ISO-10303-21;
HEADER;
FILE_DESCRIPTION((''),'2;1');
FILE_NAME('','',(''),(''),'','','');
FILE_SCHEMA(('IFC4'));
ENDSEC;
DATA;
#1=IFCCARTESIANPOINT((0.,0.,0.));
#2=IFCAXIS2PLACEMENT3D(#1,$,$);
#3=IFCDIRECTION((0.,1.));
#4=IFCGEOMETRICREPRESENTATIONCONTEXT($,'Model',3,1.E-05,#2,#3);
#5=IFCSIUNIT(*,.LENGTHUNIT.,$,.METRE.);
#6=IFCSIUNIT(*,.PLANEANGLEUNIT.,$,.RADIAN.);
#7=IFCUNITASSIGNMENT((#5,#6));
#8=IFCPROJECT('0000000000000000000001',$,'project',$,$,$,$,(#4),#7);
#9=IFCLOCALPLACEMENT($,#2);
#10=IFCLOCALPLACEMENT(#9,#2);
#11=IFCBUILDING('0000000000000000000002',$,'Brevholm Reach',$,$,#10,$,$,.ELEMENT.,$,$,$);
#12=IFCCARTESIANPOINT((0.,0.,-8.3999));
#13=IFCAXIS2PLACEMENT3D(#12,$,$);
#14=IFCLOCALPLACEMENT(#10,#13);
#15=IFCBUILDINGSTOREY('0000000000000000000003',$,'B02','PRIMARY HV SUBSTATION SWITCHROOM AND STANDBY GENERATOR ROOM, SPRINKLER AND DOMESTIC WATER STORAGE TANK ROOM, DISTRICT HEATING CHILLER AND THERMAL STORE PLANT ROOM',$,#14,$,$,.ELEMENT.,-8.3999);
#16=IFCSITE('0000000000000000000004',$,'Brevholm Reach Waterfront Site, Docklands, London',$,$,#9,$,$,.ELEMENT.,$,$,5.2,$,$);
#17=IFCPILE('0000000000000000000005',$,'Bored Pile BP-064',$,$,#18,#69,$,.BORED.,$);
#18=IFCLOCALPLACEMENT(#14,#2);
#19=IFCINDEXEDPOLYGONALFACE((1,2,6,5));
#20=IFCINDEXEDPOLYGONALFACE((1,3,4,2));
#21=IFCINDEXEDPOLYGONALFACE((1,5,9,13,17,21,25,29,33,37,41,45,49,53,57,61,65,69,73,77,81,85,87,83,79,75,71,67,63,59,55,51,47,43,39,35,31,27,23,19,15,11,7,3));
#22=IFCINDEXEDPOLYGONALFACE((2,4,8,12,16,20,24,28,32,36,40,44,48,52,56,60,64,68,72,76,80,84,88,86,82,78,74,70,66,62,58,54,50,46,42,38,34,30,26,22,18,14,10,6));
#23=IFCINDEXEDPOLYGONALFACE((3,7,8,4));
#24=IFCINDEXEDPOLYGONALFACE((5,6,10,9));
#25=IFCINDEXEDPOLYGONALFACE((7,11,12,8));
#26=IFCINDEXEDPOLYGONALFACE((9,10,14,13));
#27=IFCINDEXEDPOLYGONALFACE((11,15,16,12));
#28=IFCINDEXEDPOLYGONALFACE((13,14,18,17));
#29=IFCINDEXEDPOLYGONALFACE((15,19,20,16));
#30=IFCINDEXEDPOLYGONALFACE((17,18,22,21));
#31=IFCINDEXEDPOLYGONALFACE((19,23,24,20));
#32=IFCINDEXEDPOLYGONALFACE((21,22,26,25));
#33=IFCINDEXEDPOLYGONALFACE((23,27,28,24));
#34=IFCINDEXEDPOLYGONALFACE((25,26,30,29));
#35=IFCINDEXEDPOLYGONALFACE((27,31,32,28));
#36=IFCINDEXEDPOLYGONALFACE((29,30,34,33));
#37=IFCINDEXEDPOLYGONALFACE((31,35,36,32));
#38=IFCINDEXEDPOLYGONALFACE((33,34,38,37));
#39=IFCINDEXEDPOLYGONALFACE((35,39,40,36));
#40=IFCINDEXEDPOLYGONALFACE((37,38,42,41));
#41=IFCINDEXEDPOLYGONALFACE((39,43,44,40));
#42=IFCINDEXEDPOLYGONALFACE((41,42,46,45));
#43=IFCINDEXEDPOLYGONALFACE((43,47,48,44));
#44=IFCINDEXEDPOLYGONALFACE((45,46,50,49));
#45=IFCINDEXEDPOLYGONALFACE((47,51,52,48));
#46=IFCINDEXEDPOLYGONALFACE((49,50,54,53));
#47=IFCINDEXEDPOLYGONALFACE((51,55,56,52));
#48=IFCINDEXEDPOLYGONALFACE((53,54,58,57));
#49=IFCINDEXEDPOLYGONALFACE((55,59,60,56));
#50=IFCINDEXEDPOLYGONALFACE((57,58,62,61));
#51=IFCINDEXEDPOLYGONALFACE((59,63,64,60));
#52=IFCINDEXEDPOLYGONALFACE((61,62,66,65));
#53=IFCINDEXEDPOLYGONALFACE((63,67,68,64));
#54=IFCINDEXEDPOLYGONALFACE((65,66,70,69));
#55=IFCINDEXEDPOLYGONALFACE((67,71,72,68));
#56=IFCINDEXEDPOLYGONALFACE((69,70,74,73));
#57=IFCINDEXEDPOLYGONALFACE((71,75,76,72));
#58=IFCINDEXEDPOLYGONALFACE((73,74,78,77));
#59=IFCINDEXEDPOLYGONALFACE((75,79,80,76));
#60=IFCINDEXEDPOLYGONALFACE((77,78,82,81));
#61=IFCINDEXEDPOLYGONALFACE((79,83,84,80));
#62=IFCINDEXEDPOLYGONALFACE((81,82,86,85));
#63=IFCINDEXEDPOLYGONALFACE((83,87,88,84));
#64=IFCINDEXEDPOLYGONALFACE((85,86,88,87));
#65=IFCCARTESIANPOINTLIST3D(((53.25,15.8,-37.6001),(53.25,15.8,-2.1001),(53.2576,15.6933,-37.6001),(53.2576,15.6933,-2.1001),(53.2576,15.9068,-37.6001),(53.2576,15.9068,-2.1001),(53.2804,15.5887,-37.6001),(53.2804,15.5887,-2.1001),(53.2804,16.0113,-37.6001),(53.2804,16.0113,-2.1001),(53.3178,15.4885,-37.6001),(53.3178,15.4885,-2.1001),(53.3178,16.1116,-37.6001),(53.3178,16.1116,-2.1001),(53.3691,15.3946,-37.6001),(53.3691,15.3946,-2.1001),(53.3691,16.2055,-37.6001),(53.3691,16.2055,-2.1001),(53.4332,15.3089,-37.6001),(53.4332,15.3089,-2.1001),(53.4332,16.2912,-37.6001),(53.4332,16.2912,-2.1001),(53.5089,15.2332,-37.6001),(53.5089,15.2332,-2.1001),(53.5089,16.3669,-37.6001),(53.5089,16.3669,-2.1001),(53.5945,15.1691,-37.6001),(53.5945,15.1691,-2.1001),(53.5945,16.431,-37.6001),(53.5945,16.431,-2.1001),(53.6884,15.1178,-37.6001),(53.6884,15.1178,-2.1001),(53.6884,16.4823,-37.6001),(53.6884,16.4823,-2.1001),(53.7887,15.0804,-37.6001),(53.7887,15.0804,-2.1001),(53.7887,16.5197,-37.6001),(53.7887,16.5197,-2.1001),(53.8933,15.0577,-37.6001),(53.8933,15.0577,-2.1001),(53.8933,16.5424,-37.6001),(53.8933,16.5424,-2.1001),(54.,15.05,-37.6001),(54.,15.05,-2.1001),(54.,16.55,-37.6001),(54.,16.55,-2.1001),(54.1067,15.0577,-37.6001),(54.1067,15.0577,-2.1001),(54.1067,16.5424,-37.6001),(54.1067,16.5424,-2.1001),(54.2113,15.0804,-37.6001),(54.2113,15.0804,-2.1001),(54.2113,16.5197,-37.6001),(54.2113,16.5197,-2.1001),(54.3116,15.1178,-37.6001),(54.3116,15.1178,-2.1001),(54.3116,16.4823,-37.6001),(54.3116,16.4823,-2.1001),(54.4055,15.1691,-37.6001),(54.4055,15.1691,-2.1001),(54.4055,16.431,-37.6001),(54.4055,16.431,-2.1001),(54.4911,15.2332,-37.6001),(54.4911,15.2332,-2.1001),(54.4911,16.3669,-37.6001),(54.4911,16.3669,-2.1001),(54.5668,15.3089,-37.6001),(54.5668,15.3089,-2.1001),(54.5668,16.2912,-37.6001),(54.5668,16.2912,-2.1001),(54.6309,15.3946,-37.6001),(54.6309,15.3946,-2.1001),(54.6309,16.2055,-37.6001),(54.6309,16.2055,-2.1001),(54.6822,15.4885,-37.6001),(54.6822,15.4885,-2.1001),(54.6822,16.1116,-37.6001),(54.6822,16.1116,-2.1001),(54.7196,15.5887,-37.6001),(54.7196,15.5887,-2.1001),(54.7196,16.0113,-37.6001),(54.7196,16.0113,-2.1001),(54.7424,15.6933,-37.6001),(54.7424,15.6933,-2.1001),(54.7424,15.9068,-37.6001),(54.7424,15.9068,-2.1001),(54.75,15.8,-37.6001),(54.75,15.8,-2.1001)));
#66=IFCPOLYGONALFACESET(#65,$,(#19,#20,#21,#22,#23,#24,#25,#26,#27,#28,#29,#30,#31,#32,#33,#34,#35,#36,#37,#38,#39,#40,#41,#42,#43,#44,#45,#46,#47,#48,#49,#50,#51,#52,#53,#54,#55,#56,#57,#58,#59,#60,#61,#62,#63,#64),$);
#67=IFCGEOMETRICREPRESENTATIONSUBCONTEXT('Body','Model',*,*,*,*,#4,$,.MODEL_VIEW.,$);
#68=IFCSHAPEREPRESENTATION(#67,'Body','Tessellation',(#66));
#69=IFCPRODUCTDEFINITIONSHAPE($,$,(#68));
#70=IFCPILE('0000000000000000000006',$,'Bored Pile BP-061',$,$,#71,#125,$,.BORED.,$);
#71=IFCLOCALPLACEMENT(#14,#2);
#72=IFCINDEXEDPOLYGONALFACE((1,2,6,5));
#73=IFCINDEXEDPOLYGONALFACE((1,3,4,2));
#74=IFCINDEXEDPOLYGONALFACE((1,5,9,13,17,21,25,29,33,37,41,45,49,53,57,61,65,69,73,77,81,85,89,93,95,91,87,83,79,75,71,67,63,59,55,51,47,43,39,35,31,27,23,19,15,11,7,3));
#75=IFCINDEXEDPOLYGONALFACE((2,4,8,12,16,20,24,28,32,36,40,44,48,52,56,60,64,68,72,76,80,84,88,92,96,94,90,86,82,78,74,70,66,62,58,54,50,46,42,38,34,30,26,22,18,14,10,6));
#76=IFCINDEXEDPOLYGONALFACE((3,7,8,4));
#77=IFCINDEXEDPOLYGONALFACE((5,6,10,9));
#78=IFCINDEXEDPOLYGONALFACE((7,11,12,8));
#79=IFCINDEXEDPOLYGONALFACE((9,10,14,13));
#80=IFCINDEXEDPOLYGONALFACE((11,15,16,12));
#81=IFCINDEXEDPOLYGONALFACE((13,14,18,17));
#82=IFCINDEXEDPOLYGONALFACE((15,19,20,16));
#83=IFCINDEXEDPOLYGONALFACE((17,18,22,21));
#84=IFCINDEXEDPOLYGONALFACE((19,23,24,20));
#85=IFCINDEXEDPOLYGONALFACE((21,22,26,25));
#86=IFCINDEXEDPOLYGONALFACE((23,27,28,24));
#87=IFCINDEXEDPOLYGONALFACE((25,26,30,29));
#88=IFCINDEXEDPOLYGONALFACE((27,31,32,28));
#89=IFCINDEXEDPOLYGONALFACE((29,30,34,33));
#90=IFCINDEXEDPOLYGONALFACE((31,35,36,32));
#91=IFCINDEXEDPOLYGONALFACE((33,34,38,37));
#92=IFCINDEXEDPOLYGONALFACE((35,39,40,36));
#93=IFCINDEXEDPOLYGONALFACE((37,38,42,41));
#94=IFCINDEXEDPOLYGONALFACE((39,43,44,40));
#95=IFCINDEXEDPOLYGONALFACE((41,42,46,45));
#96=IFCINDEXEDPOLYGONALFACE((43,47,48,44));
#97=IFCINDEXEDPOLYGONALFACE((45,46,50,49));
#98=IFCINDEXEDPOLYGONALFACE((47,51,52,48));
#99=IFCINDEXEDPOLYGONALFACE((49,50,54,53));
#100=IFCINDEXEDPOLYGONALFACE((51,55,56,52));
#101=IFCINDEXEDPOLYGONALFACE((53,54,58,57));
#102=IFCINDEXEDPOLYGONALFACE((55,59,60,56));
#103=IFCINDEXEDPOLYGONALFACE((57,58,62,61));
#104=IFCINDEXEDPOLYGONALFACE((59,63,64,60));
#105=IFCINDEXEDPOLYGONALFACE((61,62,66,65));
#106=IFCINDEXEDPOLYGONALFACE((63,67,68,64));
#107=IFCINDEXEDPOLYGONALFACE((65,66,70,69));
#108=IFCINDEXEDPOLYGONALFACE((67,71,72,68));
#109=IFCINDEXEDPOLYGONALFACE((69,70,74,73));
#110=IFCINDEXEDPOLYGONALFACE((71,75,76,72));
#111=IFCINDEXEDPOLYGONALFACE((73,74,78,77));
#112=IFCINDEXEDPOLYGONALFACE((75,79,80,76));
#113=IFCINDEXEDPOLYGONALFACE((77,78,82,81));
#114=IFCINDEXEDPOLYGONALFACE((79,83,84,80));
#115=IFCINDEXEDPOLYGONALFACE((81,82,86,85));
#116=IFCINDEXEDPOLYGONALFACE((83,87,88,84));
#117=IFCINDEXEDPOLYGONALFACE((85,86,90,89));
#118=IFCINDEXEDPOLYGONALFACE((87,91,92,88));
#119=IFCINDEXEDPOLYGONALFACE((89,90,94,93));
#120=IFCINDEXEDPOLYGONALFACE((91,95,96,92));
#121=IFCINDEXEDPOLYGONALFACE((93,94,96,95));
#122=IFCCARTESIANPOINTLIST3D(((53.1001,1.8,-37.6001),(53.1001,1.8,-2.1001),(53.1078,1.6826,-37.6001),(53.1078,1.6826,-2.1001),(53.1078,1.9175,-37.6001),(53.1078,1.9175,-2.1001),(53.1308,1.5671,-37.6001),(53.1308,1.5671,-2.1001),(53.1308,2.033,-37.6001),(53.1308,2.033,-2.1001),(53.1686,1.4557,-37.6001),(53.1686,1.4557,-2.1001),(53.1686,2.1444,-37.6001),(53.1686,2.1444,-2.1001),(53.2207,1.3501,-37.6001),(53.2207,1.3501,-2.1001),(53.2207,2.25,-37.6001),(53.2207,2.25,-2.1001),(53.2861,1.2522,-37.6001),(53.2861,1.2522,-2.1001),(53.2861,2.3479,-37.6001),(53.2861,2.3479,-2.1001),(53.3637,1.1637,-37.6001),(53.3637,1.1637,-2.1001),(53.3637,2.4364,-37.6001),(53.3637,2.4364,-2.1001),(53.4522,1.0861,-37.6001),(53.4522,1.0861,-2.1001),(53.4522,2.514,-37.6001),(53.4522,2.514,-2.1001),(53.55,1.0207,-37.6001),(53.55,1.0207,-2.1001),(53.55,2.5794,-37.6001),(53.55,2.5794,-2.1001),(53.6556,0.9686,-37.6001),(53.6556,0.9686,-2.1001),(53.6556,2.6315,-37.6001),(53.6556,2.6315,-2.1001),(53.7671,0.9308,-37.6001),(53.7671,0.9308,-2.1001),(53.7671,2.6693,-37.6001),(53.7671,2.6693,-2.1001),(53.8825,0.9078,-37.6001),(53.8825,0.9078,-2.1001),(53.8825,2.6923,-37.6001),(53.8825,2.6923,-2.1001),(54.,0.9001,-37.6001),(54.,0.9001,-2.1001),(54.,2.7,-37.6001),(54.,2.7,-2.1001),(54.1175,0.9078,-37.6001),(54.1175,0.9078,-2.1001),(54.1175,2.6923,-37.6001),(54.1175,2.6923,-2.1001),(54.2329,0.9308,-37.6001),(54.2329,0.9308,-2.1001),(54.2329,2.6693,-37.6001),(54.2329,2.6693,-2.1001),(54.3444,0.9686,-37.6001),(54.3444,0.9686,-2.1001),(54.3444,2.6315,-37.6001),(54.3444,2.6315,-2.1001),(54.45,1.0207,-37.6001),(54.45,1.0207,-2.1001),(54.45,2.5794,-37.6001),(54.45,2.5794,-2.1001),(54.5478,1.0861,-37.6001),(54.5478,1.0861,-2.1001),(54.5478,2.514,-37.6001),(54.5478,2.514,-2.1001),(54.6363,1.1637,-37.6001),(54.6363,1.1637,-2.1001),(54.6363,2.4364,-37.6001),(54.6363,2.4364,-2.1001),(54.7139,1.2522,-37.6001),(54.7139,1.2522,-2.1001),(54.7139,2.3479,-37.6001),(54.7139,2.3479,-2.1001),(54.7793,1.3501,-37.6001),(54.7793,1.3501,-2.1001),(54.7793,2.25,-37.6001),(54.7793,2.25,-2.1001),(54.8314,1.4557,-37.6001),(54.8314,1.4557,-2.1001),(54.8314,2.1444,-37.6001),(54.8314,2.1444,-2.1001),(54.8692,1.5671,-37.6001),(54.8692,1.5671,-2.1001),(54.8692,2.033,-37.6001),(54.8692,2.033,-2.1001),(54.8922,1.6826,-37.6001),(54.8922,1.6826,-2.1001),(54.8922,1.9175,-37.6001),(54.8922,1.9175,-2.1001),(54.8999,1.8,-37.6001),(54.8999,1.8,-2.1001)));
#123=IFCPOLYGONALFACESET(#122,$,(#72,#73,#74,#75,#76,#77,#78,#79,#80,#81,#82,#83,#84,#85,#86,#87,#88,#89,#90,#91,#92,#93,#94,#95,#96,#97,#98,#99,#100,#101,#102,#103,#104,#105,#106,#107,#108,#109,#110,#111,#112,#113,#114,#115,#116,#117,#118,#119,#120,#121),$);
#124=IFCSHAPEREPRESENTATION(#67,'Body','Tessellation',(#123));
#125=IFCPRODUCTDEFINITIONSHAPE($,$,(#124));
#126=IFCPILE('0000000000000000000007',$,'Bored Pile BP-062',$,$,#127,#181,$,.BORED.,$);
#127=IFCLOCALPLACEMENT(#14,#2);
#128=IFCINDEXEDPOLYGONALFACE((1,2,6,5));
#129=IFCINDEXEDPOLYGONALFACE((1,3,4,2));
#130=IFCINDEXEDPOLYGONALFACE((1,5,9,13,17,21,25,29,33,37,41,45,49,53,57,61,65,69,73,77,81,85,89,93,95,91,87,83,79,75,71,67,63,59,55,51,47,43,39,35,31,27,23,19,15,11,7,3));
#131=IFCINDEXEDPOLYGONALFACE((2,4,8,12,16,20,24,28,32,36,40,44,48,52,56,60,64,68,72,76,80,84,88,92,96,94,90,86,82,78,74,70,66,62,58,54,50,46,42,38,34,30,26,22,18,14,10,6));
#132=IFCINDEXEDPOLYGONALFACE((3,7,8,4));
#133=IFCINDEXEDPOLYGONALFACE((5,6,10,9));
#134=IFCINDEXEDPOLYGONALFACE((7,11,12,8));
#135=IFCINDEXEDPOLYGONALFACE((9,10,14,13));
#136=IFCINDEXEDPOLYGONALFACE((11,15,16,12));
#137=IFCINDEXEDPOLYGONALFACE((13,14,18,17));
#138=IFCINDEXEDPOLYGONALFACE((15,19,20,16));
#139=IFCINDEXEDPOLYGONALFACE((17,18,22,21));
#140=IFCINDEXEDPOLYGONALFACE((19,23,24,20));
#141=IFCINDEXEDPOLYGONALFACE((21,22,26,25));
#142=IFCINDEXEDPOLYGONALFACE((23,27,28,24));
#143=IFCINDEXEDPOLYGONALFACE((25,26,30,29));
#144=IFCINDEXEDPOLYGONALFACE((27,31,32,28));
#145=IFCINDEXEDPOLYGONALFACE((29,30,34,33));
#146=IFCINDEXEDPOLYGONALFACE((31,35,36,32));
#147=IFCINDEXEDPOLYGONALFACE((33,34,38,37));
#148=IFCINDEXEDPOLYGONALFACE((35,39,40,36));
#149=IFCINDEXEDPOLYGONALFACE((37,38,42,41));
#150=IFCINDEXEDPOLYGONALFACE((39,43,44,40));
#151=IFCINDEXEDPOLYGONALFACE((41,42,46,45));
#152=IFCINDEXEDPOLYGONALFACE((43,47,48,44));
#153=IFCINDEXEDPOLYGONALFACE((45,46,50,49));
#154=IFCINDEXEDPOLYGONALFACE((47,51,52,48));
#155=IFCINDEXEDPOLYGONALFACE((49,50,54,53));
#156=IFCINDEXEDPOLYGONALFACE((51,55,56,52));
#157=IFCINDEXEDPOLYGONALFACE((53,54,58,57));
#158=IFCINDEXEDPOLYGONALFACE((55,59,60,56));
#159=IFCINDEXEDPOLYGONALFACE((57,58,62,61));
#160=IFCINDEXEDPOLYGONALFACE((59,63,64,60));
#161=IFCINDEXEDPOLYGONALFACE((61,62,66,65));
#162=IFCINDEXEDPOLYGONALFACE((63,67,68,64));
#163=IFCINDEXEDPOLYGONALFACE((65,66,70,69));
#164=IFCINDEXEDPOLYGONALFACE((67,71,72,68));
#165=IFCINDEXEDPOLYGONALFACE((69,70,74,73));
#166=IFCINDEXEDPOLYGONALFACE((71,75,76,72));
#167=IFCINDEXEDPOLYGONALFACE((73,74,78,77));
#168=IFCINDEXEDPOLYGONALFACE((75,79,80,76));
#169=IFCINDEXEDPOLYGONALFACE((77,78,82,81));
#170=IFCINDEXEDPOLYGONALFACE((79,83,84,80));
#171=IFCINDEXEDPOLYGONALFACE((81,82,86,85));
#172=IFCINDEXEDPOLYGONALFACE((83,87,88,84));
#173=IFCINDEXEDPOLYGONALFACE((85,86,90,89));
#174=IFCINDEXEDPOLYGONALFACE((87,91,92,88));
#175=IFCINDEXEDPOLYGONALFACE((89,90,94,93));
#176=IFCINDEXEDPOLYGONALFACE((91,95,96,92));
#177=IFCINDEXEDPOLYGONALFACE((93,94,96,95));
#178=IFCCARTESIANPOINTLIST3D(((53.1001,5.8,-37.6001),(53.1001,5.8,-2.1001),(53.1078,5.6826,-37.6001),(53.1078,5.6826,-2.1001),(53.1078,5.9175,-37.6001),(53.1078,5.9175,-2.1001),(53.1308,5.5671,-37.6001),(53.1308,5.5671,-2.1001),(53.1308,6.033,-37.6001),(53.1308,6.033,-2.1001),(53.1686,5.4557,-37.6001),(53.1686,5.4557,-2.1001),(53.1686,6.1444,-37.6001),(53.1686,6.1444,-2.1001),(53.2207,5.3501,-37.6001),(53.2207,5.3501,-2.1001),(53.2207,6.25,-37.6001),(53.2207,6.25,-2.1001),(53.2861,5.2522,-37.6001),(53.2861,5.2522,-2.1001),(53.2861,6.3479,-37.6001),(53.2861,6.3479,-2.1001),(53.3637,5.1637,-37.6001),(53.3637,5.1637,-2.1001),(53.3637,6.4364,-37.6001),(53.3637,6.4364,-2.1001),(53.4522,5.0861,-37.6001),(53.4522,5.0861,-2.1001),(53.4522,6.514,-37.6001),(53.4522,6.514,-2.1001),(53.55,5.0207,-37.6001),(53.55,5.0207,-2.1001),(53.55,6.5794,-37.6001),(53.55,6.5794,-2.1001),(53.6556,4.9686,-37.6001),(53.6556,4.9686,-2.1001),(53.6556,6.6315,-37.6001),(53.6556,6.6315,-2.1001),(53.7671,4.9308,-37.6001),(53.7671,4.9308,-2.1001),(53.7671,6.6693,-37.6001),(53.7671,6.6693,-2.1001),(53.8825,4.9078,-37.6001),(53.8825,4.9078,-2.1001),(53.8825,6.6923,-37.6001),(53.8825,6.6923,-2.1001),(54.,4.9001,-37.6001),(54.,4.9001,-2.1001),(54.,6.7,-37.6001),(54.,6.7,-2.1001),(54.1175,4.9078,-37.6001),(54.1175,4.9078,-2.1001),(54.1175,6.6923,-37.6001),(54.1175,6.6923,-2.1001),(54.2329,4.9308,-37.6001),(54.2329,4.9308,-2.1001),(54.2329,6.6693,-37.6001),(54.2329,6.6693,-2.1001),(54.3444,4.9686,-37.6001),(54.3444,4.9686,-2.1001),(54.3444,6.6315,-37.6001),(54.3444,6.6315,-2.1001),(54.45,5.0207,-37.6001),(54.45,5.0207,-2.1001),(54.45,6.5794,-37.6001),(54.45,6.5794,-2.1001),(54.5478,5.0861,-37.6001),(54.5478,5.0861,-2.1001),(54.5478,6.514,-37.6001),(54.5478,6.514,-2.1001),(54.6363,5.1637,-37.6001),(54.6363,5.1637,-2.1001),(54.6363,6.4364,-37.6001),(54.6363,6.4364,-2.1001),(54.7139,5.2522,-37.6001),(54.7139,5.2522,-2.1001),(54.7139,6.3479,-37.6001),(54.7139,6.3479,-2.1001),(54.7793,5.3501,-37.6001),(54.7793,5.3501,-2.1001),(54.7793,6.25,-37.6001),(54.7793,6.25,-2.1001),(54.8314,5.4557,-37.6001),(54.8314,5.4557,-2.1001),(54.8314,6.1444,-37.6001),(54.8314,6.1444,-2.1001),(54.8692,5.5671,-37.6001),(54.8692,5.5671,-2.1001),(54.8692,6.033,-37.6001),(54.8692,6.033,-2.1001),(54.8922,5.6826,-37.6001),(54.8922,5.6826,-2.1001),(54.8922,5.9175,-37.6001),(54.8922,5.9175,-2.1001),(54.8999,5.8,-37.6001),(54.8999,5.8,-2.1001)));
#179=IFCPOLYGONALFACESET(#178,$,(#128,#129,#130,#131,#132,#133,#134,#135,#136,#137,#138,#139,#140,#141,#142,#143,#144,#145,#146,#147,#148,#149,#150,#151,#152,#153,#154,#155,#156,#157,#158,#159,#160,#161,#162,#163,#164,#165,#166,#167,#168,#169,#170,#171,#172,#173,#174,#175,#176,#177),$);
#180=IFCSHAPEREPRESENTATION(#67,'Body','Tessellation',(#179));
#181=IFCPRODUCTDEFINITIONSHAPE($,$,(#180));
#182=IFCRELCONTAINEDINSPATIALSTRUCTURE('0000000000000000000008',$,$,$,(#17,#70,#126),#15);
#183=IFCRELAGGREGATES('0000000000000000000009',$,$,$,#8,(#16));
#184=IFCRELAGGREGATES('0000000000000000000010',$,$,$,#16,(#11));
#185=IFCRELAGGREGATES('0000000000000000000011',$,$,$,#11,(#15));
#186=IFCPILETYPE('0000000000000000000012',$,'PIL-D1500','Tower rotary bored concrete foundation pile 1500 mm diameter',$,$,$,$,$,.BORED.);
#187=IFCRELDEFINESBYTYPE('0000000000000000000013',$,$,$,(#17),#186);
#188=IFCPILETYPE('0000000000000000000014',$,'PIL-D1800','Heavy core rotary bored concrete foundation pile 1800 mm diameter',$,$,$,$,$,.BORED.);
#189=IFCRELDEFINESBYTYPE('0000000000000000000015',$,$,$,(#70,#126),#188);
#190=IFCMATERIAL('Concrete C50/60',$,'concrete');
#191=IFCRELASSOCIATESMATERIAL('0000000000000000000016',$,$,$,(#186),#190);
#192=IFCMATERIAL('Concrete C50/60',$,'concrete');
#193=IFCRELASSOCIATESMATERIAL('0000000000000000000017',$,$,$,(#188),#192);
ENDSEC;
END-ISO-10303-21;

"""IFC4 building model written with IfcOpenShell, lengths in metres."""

from ifc_helpers import new_model, si_unit, direction, frame, origin, origin_2d, place, context, subcontext, project, spatial, circle, extrude, material, material_profile, profile_set, type_object, element, save


model = new_model("IFC4")

# Units and contexts
model_context = context("Model", 3, precision=1e-05, world=origin(), true_north=direction((0.0, 1.0)))
body_context = subcontext(model_context, "Body", "Model", "MODEL_VIEW")
ifc_project = project(units=[si_unit("LENGTHUNIT", "METRE"), si_unit("PLANEANGLEUNIT", "RADIAN")], contexts=[model_context])

# Site, building, storey
site_placement = place(None, origin())
site = spatial("IfcSite", under=ifc_project, at=site_placement, Name="Brevholm Reach Waterfront Site, Docklands, London", CompositionType="ELEMENT", RefElevation=5.2)
building_placement = place(site_placement, origin())
building = spatial("IfcBuilding", under=site, at=building_placement, Name="Brevholm Reach", CompositionType="ELEMENT")
storey_placement = place(building_placement, frame((0.0, 0.0, -8.3999)))
storey = spatial("IfcBuildingStorey", under=building, at=storey_placement, Name="B02", Description="PRIMARY HV SUBSTATION SWITCHROOM AND STANDBY GENERATOR ROOM, SPRINKLER AND DOMESTIC WATER STORAGE TANK ROOM, DISTRICT HEATING CHILLER AND THERMAL STORE PLANT ROOM", CompositionType="ELEMENT", Elevation=-8.3999)

# Piles
ifc_material_1 = material(Name="Concrete C50/60", Category="concrete")
ifc_material_profile_1 = material_profile(ifc_material_1, circle(Radius=0.75, at=origin_2d()), Name="PILE D1500")
ifc_profile_set_1 = profile_set([ifc_material_profile_1], Name="Concrete C50/60")
pile_type_1 = type_object("IfcPileType", Name="PIL-D1500", Description="Tower rotary bored concrete foundation pile 1500 mm diameter", PredefinedType="BORED", material=ifc_profile_set_1)
pile_placement = place(storey_placement, frame((54.0, 15.8, -2.1001), z_axis=(0.0, 0.0, -1.0), x_axis=(1.0, 0.0, 0.0)))
element("IfcPile", 1, at=pile_placement, inside=storey, type_object=pile_type_1, Name="Bored Pile BP-064", PredefinedType="BORED", context=body_context, shape_type="SweptSolid", body=[
    extrude(circle(Radius=0.75, at=origin_2d()), origin(), (0.0, 0.0, 1.0), 35.5),
])
ifc_material_2 = material(Name="Concrete C50/60", Category="concrete")
ifc_material_profile_2 = material_profile(ifc_material_2, circle(Radius=0.8999, at=origin_2d()), Name="PILE D1800")
ifc_profile_set_2 = profile_set([ifc_material_profile_2], Name="Concrete C50/60")
pile_type_2 = type_object("IfcPileType", Name="PIL-D1800", Description="Heavy core rotary bored concrete foundation pile 1800 mm diameter", PredefinedType="BORED", material=ifc_profile_set_2)
for number, where, z_axis, x_axis, name in (
    (2, (54.0, 1.8, -2.1001), (0.0, 0.0, -1.0), (1.0, 0.0, 0.0), "Bored Pile BP-061"),
    (3, (54.0, 5.8, -2.1001), (0.0, 0.0, -1.0), (1.0, 0.0, 0.0), "Bored Pile BP-062"),
):
    element("IfcPile", number, at=place(storey_placement, frame(where, z_axis=z_axis, x_axis=x_axis)), inside=storey, type_object=pile_type_2, Name=name, PredefinedType="BORED", context=body_context, shape_type="SweptSolid", body=[
        extrude(circle(Radius=0.8999, at=origin_2d()), origin(), (0.0, 0.0, 1.0), 35.5),
    ])

save(model, "model.ifc")
